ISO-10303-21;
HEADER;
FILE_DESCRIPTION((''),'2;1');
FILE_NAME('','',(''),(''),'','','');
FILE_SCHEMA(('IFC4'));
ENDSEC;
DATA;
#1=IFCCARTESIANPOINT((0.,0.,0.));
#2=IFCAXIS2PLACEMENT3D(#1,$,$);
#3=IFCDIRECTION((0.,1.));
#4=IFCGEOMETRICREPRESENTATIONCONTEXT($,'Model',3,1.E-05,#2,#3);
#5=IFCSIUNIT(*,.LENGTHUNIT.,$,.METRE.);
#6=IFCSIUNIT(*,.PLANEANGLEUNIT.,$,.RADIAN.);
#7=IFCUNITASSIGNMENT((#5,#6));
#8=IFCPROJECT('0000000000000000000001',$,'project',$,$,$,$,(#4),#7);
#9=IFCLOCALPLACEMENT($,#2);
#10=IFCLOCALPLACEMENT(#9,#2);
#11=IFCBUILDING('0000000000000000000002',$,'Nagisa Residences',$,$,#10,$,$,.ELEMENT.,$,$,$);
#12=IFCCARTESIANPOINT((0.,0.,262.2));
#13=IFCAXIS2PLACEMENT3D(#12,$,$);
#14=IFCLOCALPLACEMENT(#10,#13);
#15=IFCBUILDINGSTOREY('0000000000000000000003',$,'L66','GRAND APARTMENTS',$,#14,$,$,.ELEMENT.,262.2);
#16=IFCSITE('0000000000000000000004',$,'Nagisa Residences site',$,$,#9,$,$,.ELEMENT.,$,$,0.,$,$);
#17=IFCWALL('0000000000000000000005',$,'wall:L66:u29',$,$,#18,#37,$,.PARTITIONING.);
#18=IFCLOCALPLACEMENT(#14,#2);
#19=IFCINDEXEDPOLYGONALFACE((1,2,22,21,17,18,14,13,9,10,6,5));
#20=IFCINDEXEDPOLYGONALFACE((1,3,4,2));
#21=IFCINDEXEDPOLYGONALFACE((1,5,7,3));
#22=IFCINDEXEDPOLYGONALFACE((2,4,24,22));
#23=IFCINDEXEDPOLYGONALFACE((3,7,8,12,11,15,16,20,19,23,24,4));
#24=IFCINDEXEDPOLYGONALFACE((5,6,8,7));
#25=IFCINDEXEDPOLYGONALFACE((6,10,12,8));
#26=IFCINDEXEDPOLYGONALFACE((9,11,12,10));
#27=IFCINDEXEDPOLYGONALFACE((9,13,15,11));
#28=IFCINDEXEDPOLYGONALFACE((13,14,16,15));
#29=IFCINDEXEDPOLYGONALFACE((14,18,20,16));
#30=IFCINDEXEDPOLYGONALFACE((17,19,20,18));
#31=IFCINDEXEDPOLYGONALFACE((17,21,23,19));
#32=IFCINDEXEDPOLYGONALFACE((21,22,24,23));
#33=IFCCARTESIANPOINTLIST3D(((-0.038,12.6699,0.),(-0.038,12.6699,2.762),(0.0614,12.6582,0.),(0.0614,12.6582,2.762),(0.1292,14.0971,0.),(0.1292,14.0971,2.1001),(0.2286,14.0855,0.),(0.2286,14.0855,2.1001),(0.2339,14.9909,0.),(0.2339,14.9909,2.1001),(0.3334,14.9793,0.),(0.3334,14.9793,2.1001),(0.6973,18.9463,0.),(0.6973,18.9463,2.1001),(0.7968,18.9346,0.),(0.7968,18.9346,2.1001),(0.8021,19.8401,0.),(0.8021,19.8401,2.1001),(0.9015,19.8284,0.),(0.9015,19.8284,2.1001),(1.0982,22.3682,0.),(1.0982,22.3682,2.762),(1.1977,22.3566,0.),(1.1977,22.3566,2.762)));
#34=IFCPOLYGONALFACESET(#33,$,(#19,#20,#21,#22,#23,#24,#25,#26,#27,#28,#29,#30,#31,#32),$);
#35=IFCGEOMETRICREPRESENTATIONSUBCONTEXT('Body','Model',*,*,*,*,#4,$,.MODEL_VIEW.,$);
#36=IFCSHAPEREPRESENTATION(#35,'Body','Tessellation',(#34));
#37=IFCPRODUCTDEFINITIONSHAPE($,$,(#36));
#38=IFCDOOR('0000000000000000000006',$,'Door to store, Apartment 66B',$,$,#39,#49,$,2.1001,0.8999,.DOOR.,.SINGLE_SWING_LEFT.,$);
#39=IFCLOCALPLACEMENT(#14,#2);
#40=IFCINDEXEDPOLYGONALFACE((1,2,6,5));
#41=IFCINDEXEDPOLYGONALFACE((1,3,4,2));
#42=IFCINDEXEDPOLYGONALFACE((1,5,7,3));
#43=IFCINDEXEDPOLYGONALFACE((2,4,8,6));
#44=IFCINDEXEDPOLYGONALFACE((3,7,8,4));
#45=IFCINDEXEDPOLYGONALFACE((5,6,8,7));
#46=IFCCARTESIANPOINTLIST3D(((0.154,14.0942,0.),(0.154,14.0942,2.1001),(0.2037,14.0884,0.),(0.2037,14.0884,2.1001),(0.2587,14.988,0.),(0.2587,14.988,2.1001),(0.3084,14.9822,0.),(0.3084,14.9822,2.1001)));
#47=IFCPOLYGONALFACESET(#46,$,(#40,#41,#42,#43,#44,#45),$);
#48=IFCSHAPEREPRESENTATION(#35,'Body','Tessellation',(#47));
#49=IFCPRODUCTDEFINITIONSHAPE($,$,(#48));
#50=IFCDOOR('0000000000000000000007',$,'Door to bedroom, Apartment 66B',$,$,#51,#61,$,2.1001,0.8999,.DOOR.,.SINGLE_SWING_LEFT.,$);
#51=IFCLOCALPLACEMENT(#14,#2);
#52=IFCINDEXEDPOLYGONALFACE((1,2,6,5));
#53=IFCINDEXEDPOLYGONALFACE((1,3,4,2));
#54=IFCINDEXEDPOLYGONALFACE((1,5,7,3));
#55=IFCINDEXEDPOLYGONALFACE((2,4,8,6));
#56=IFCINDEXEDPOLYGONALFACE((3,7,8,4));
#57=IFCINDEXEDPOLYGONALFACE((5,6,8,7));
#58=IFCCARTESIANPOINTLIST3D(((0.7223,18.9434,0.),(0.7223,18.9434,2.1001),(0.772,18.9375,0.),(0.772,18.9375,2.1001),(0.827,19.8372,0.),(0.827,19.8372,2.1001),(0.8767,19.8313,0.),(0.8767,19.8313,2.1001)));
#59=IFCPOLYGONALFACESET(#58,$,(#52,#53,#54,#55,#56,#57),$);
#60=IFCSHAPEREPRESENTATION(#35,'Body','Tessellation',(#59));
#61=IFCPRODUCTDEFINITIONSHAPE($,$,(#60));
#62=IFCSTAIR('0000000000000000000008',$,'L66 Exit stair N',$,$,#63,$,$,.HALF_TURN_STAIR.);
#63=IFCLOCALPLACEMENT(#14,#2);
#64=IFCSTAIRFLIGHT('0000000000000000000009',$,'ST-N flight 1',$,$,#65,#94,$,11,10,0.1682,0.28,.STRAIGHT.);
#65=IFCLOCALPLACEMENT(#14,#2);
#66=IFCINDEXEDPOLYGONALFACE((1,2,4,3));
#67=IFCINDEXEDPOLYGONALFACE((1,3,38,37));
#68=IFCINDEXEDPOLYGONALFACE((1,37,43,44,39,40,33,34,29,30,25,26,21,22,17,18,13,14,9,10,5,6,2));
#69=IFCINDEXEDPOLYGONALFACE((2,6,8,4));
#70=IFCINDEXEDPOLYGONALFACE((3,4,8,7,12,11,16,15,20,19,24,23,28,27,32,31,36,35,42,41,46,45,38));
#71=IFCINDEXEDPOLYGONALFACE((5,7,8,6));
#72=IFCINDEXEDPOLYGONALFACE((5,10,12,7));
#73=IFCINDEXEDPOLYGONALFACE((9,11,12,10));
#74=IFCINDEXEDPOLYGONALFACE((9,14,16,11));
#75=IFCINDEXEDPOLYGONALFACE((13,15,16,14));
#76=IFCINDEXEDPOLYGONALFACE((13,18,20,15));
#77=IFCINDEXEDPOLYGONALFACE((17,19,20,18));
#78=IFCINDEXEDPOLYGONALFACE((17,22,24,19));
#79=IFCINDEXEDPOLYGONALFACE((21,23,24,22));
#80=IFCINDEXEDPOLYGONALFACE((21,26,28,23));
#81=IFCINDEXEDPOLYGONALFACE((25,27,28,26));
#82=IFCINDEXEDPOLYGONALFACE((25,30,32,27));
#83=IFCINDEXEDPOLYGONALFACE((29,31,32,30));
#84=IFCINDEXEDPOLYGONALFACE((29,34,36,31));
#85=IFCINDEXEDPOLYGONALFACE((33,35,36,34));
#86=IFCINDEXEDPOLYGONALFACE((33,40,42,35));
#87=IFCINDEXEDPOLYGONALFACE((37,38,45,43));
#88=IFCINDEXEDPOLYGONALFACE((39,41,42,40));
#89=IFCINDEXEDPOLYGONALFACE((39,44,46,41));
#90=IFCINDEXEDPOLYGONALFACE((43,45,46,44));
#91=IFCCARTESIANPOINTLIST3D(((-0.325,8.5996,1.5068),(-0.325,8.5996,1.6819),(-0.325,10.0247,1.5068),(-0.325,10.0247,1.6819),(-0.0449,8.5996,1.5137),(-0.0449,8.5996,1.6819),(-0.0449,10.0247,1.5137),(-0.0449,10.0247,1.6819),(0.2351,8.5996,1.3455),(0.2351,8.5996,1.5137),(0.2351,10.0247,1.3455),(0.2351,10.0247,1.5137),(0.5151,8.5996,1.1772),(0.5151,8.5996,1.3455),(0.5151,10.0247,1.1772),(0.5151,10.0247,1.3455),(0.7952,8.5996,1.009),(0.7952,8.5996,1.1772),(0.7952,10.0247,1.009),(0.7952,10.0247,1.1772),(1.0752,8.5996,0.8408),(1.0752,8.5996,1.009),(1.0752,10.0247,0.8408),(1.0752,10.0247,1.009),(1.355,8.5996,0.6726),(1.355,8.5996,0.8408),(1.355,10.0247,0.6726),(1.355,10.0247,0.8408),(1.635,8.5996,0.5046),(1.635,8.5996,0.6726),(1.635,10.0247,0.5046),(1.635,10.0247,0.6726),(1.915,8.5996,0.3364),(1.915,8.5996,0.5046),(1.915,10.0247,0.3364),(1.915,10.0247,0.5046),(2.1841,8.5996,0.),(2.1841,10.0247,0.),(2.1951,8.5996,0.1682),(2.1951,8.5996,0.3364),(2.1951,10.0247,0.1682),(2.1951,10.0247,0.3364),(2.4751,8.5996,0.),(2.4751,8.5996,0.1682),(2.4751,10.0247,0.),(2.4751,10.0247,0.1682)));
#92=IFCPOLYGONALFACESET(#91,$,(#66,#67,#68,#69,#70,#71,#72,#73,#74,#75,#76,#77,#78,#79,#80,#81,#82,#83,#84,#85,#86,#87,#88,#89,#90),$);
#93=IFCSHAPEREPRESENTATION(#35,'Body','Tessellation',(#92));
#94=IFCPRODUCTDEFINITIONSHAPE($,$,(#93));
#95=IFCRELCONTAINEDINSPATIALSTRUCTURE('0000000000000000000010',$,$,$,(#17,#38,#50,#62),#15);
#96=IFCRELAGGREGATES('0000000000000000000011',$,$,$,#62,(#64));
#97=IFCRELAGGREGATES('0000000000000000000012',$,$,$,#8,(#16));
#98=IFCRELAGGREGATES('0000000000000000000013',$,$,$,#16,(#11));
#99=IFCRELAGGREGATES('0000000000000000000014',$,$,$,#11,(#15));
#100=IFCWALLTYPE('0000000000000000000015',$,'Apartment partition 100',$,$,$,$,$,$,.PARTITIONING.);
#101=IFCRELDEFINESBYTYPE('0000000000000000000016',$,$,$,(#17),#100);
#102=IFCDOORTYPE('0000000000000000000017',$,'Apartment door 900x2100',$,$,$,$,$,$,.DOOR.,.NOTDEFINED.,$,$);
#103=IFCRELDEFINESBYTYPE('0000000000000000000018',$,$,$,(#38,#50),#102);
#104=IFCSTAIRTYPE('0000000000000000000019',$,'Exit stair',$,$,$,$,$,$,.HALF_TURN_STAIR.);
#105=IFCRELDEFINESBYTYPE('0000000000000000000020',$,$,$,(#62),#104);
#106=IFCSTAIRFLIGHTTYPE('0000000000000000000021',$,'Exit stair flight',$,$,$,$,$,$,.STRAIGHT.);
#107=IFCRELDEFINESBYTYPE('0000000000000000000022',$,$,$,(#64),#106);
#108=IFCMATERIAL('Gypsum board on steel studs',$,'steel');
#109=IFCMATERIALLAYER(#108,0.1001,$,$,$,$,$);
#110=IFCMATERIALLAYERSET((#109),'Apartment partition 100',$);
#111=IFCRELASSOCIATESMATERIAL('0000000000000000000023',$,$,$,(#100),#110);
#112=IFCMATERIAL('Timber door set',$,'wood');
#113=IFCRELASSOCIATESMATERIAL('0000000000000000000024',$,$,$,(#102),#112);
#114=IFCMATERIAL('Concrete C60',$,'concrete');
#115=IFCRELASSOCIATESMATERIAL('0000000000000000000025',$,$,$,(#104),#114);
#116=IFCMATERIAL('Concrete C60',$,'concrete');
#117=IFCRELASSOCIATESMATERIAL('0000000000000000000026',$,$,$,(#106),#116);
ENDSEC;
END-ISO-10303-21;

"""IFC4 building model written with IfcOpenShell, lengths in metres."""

from ifc_helpers import new_model, si_unit, direction, frame, frame_2d, origin, place, context, subcontext, project, spatial, polyline, rectangle, outline, extrude, material, layer, layer_set, type_object, element, fill, aggregate, save


model = new_model("IFC4")

# Units and contexts
model_context = context("Model", 3, precision=1e-05, world=origin(), true_north=direction((0.0, 1.0)))
body_context = subcontext(model_context, "Body", "Model", "MODEL_VIEW")
ifc_project = project(units=[si_unit("LENGTHUNIT", "METRE"), si_unit("PLANEANGLEUNIT", "RADIAN")], contexts=[model_context])

# Site, building, storey
site_placement = place(None, origin())
site = spatial("IfcSite", under=ifc_project, at=site_placement, Name="Nagisa Residences site", CompositionType="ELEMENT", RefElevation=0.0)
building_placement = place(site_placement, origin())
building = spatial("IfcBuilding", under=site, at=building_placement, Name="Nagisa Residences", CompositionType="ELEMENT")
storey_placement = place(building_placement, frame((0.0, 0.0, 262.2)))
storey = spatial("IfcBuildingStorey", under=building, at=storey_placement, Name="L66", Description="GRAND APARTMENTS", CompositionType="ELEMENT", Elevation=262.2)

# Shared definitions
ifc_material_1 = material(Name="Gypsum board on steel studs", Category="steel")
ifc_layer_1 = layer(ifc_material_1, 0.1001)
ifc_layer_set_1 = layer_set([ifc_layer_1], Name="Apartment partition 100")
wall_type_1 = type_object("IfcWallType", Name="Apartment partition 100", PredefinedType="PARTITIONING", material=ifc_layer_set_1)
ifc_material_2 = material(Name="Timber door set", Category="wood")
door_type_1 = type_object("IfcDoorType", Name="Apartment door 900x2100", OperationType="NOTDEFINED", PredefinedType="DOOR", material=ifc_material_2)

# Wall, openings, doors
wall_1_placement = place(storey_placement, frame((0.0117, 12.6641, 0.0), z_axis=(0.0, 0.0, 1.0), x_axis=(0.116363, 0.993207, 0.0)))
wall_1 = element("IfcWall", 1, at=wall_1_placement, inside=storey, type_object=wall_type_1, Name="wall:L66:u29", PredefinedType="PARTITIONING", context=body_context, shape_type="SweptSolid", body=[
    extrude(rectangle(XDim=9.7646, YDim=0.1001, at=frame_2d((4.8823, 0.0))), origin(), (0.0, 0.0, 1.0), 2.762),
])
opening_1_placement = place(wall_1_placement, frame((1.437, 0.0, 0.0)))
opening_1 = element("IfcOpeningElement", 2, at=opening_1_placement, cuts=wall_1, PredefinedType="OPENING", context=body_context, shape_type="SweptSolid", body=[
    extrude(rectangle(XDim=0.8999, YDim=2.1001, at=frame_2d((0.45, 1.05))), frame((0.0, 0.0601, 0.0), z_axis=(0.0, -1.0, 0.0), x_axis=(1.0, 0.0, 0.0)), (0.0, 0.0, 1.0), 0.1201),
])
opening_2_placement = place(wall_1_placement, frame((6.3193, 0.0, 0.0)))
opening_2 = element("IfcOpeningElement", 3, at=opening_2_placement, cuts=wall_1, PredefinedType="OPENING", context=body_context, shape_type="SweptSolid", body=[
    extrude(rectangle(XDim=0.8999, YDim=2.1001, at=frame_2d((0.45, 1.05))), frame((0.0, 0.0601, 0.0), z_axis=(0.0, -1.0, 0.0), x_axis=(1.0, 0.0, 0.0)), (0.0, 0.0, 1.0), 0.1201),
])
door_1_placement = place(opening_1_placement, frame((0.8999, 0.0, 0.0), x_axis=(-1.0, 0.0, 0.0)))
door_1 = element("IfcDoor", 4, at=door_1_placement, inside=storey, type_object=door_type_1, Name="Door to store, Apartment 66B", OperationType="SINGLE_SWING_LEFT", OverallHeight=2.1001, OverallWidth=0.8999, PredefinedType="DOOR", context=body_context, shape_type="SweptSolid", body=[
    extrude(rectangle(XDim=0.8999, YDim=2.1001, at=frame_2d((0.45, 1.05))), frame((0.0, 0.0249, 0.0), z_axis=(0.0, -1.0, 0.0), x_axis=(1.0, 0.0, 0.0)), (0.0, 0.0, 1.0), 0.05),
])
fill(opening_1, door_1)
door_2_placement = place(opening_2_placement, origin())
door_2 = element("IfcDoor", 5, at=door_2_placement, inside=storey, type_object=door_type_1, Name="Door to bedroom, Apartment 66B", OperationType="SINGLE_SWING_LEFT", OverallHeight=2.1001, OverallWidth=0.8999, PredefinedType="DOOR", context=body_context, shape_type="SweptSolid", body=[
    extrude(rectangle(XDim=0.8999, YDim=2.1001, at=frame_2d((0.45, 1.05))), frame((0.0, 0.0249, 0.0), z_axis=(0.0, -1.0, 0.0), x_axis=(1.0, 0.0, 0.0)), (0.0, 0.0, 1.0), 0.05),
])
fill(opening_2, door_2)

# Stair, stair flight
ifc_material_3 = material(Name="Concrete C60", Category="concrete")
stair_type = type_object("IfcStairType", Name="Exit stair", PredefinedType="HALF_TURN_STAIR", material=ifc_material_3)
stair_placement = place(storey_placement, origin())
stair = element("IfcStair", 6, at=stair_placement, inside=storey, type_object=stair_type, Name="L66 Exit stair N", PredefinedType="HALF_TURN_STAIR")
ifc_material_4 = material(Name="Concrete C60", Category="concrete")
stair_flight_type = type_object("IfcStairFlightType", Name="Exit stair flight", PredefinedType="STRAIGHT", material=ifc_material_4)
stair_flight_placement = place(storey_placement, frame((2.4751, 9.312, 0.0), z_axis=(0.0, 0.0, 1.0), x_axis=(-1.0, 0.0, 0.0)))
stair_flight = element("IfcStairFlight", 7, at=stair_flight_placement, type_object=stair_flight_type, Name="ST-N flight 1", NumberOfRisers=11, NumberOfTreads=10, PredefinedType="STRAIGHT", RiserHeight=0.1682, TreadLength=0.28, context=body_context, shape_type="SweptSolid", body=[
    extrude(outline(polyline([(0.0, 0.0), (0.0, 0.1682), (0.28, 0.1682), (0.28, 0.3364), (0.5601, 0.3364), (0.5601, 0.5046), (0.8401, 0.5046), (0.8401, 0.6726), (1.1201, 0.6726), (1.1201, 0.8408), (1.3999, 0.8408), (1.3999, 1.009), (1.6799, 1.009), (1.6799, 1.1772), (1.96, 1.1772), (1.96, 1.3455), (2.24, 1.3455), (2.24, 1.5137), (2.52, 1.5137), (2.52, 1.6819), (2.8, 1.6819), (2.8, 1.8501), (2.8, 1.5068), (0.291, 0.0), (0.0, 0.0)])), frame((0.0, 0.7124, 0.0), z_axis=(0.0, -1.0, 0.0), x_axis=(1.0, 0.0, 0.0)), (0.0, 0.0, 1.0), 1.425),
])
aggregate(stair, [stair_flight])

save(model, "model.ifc")
